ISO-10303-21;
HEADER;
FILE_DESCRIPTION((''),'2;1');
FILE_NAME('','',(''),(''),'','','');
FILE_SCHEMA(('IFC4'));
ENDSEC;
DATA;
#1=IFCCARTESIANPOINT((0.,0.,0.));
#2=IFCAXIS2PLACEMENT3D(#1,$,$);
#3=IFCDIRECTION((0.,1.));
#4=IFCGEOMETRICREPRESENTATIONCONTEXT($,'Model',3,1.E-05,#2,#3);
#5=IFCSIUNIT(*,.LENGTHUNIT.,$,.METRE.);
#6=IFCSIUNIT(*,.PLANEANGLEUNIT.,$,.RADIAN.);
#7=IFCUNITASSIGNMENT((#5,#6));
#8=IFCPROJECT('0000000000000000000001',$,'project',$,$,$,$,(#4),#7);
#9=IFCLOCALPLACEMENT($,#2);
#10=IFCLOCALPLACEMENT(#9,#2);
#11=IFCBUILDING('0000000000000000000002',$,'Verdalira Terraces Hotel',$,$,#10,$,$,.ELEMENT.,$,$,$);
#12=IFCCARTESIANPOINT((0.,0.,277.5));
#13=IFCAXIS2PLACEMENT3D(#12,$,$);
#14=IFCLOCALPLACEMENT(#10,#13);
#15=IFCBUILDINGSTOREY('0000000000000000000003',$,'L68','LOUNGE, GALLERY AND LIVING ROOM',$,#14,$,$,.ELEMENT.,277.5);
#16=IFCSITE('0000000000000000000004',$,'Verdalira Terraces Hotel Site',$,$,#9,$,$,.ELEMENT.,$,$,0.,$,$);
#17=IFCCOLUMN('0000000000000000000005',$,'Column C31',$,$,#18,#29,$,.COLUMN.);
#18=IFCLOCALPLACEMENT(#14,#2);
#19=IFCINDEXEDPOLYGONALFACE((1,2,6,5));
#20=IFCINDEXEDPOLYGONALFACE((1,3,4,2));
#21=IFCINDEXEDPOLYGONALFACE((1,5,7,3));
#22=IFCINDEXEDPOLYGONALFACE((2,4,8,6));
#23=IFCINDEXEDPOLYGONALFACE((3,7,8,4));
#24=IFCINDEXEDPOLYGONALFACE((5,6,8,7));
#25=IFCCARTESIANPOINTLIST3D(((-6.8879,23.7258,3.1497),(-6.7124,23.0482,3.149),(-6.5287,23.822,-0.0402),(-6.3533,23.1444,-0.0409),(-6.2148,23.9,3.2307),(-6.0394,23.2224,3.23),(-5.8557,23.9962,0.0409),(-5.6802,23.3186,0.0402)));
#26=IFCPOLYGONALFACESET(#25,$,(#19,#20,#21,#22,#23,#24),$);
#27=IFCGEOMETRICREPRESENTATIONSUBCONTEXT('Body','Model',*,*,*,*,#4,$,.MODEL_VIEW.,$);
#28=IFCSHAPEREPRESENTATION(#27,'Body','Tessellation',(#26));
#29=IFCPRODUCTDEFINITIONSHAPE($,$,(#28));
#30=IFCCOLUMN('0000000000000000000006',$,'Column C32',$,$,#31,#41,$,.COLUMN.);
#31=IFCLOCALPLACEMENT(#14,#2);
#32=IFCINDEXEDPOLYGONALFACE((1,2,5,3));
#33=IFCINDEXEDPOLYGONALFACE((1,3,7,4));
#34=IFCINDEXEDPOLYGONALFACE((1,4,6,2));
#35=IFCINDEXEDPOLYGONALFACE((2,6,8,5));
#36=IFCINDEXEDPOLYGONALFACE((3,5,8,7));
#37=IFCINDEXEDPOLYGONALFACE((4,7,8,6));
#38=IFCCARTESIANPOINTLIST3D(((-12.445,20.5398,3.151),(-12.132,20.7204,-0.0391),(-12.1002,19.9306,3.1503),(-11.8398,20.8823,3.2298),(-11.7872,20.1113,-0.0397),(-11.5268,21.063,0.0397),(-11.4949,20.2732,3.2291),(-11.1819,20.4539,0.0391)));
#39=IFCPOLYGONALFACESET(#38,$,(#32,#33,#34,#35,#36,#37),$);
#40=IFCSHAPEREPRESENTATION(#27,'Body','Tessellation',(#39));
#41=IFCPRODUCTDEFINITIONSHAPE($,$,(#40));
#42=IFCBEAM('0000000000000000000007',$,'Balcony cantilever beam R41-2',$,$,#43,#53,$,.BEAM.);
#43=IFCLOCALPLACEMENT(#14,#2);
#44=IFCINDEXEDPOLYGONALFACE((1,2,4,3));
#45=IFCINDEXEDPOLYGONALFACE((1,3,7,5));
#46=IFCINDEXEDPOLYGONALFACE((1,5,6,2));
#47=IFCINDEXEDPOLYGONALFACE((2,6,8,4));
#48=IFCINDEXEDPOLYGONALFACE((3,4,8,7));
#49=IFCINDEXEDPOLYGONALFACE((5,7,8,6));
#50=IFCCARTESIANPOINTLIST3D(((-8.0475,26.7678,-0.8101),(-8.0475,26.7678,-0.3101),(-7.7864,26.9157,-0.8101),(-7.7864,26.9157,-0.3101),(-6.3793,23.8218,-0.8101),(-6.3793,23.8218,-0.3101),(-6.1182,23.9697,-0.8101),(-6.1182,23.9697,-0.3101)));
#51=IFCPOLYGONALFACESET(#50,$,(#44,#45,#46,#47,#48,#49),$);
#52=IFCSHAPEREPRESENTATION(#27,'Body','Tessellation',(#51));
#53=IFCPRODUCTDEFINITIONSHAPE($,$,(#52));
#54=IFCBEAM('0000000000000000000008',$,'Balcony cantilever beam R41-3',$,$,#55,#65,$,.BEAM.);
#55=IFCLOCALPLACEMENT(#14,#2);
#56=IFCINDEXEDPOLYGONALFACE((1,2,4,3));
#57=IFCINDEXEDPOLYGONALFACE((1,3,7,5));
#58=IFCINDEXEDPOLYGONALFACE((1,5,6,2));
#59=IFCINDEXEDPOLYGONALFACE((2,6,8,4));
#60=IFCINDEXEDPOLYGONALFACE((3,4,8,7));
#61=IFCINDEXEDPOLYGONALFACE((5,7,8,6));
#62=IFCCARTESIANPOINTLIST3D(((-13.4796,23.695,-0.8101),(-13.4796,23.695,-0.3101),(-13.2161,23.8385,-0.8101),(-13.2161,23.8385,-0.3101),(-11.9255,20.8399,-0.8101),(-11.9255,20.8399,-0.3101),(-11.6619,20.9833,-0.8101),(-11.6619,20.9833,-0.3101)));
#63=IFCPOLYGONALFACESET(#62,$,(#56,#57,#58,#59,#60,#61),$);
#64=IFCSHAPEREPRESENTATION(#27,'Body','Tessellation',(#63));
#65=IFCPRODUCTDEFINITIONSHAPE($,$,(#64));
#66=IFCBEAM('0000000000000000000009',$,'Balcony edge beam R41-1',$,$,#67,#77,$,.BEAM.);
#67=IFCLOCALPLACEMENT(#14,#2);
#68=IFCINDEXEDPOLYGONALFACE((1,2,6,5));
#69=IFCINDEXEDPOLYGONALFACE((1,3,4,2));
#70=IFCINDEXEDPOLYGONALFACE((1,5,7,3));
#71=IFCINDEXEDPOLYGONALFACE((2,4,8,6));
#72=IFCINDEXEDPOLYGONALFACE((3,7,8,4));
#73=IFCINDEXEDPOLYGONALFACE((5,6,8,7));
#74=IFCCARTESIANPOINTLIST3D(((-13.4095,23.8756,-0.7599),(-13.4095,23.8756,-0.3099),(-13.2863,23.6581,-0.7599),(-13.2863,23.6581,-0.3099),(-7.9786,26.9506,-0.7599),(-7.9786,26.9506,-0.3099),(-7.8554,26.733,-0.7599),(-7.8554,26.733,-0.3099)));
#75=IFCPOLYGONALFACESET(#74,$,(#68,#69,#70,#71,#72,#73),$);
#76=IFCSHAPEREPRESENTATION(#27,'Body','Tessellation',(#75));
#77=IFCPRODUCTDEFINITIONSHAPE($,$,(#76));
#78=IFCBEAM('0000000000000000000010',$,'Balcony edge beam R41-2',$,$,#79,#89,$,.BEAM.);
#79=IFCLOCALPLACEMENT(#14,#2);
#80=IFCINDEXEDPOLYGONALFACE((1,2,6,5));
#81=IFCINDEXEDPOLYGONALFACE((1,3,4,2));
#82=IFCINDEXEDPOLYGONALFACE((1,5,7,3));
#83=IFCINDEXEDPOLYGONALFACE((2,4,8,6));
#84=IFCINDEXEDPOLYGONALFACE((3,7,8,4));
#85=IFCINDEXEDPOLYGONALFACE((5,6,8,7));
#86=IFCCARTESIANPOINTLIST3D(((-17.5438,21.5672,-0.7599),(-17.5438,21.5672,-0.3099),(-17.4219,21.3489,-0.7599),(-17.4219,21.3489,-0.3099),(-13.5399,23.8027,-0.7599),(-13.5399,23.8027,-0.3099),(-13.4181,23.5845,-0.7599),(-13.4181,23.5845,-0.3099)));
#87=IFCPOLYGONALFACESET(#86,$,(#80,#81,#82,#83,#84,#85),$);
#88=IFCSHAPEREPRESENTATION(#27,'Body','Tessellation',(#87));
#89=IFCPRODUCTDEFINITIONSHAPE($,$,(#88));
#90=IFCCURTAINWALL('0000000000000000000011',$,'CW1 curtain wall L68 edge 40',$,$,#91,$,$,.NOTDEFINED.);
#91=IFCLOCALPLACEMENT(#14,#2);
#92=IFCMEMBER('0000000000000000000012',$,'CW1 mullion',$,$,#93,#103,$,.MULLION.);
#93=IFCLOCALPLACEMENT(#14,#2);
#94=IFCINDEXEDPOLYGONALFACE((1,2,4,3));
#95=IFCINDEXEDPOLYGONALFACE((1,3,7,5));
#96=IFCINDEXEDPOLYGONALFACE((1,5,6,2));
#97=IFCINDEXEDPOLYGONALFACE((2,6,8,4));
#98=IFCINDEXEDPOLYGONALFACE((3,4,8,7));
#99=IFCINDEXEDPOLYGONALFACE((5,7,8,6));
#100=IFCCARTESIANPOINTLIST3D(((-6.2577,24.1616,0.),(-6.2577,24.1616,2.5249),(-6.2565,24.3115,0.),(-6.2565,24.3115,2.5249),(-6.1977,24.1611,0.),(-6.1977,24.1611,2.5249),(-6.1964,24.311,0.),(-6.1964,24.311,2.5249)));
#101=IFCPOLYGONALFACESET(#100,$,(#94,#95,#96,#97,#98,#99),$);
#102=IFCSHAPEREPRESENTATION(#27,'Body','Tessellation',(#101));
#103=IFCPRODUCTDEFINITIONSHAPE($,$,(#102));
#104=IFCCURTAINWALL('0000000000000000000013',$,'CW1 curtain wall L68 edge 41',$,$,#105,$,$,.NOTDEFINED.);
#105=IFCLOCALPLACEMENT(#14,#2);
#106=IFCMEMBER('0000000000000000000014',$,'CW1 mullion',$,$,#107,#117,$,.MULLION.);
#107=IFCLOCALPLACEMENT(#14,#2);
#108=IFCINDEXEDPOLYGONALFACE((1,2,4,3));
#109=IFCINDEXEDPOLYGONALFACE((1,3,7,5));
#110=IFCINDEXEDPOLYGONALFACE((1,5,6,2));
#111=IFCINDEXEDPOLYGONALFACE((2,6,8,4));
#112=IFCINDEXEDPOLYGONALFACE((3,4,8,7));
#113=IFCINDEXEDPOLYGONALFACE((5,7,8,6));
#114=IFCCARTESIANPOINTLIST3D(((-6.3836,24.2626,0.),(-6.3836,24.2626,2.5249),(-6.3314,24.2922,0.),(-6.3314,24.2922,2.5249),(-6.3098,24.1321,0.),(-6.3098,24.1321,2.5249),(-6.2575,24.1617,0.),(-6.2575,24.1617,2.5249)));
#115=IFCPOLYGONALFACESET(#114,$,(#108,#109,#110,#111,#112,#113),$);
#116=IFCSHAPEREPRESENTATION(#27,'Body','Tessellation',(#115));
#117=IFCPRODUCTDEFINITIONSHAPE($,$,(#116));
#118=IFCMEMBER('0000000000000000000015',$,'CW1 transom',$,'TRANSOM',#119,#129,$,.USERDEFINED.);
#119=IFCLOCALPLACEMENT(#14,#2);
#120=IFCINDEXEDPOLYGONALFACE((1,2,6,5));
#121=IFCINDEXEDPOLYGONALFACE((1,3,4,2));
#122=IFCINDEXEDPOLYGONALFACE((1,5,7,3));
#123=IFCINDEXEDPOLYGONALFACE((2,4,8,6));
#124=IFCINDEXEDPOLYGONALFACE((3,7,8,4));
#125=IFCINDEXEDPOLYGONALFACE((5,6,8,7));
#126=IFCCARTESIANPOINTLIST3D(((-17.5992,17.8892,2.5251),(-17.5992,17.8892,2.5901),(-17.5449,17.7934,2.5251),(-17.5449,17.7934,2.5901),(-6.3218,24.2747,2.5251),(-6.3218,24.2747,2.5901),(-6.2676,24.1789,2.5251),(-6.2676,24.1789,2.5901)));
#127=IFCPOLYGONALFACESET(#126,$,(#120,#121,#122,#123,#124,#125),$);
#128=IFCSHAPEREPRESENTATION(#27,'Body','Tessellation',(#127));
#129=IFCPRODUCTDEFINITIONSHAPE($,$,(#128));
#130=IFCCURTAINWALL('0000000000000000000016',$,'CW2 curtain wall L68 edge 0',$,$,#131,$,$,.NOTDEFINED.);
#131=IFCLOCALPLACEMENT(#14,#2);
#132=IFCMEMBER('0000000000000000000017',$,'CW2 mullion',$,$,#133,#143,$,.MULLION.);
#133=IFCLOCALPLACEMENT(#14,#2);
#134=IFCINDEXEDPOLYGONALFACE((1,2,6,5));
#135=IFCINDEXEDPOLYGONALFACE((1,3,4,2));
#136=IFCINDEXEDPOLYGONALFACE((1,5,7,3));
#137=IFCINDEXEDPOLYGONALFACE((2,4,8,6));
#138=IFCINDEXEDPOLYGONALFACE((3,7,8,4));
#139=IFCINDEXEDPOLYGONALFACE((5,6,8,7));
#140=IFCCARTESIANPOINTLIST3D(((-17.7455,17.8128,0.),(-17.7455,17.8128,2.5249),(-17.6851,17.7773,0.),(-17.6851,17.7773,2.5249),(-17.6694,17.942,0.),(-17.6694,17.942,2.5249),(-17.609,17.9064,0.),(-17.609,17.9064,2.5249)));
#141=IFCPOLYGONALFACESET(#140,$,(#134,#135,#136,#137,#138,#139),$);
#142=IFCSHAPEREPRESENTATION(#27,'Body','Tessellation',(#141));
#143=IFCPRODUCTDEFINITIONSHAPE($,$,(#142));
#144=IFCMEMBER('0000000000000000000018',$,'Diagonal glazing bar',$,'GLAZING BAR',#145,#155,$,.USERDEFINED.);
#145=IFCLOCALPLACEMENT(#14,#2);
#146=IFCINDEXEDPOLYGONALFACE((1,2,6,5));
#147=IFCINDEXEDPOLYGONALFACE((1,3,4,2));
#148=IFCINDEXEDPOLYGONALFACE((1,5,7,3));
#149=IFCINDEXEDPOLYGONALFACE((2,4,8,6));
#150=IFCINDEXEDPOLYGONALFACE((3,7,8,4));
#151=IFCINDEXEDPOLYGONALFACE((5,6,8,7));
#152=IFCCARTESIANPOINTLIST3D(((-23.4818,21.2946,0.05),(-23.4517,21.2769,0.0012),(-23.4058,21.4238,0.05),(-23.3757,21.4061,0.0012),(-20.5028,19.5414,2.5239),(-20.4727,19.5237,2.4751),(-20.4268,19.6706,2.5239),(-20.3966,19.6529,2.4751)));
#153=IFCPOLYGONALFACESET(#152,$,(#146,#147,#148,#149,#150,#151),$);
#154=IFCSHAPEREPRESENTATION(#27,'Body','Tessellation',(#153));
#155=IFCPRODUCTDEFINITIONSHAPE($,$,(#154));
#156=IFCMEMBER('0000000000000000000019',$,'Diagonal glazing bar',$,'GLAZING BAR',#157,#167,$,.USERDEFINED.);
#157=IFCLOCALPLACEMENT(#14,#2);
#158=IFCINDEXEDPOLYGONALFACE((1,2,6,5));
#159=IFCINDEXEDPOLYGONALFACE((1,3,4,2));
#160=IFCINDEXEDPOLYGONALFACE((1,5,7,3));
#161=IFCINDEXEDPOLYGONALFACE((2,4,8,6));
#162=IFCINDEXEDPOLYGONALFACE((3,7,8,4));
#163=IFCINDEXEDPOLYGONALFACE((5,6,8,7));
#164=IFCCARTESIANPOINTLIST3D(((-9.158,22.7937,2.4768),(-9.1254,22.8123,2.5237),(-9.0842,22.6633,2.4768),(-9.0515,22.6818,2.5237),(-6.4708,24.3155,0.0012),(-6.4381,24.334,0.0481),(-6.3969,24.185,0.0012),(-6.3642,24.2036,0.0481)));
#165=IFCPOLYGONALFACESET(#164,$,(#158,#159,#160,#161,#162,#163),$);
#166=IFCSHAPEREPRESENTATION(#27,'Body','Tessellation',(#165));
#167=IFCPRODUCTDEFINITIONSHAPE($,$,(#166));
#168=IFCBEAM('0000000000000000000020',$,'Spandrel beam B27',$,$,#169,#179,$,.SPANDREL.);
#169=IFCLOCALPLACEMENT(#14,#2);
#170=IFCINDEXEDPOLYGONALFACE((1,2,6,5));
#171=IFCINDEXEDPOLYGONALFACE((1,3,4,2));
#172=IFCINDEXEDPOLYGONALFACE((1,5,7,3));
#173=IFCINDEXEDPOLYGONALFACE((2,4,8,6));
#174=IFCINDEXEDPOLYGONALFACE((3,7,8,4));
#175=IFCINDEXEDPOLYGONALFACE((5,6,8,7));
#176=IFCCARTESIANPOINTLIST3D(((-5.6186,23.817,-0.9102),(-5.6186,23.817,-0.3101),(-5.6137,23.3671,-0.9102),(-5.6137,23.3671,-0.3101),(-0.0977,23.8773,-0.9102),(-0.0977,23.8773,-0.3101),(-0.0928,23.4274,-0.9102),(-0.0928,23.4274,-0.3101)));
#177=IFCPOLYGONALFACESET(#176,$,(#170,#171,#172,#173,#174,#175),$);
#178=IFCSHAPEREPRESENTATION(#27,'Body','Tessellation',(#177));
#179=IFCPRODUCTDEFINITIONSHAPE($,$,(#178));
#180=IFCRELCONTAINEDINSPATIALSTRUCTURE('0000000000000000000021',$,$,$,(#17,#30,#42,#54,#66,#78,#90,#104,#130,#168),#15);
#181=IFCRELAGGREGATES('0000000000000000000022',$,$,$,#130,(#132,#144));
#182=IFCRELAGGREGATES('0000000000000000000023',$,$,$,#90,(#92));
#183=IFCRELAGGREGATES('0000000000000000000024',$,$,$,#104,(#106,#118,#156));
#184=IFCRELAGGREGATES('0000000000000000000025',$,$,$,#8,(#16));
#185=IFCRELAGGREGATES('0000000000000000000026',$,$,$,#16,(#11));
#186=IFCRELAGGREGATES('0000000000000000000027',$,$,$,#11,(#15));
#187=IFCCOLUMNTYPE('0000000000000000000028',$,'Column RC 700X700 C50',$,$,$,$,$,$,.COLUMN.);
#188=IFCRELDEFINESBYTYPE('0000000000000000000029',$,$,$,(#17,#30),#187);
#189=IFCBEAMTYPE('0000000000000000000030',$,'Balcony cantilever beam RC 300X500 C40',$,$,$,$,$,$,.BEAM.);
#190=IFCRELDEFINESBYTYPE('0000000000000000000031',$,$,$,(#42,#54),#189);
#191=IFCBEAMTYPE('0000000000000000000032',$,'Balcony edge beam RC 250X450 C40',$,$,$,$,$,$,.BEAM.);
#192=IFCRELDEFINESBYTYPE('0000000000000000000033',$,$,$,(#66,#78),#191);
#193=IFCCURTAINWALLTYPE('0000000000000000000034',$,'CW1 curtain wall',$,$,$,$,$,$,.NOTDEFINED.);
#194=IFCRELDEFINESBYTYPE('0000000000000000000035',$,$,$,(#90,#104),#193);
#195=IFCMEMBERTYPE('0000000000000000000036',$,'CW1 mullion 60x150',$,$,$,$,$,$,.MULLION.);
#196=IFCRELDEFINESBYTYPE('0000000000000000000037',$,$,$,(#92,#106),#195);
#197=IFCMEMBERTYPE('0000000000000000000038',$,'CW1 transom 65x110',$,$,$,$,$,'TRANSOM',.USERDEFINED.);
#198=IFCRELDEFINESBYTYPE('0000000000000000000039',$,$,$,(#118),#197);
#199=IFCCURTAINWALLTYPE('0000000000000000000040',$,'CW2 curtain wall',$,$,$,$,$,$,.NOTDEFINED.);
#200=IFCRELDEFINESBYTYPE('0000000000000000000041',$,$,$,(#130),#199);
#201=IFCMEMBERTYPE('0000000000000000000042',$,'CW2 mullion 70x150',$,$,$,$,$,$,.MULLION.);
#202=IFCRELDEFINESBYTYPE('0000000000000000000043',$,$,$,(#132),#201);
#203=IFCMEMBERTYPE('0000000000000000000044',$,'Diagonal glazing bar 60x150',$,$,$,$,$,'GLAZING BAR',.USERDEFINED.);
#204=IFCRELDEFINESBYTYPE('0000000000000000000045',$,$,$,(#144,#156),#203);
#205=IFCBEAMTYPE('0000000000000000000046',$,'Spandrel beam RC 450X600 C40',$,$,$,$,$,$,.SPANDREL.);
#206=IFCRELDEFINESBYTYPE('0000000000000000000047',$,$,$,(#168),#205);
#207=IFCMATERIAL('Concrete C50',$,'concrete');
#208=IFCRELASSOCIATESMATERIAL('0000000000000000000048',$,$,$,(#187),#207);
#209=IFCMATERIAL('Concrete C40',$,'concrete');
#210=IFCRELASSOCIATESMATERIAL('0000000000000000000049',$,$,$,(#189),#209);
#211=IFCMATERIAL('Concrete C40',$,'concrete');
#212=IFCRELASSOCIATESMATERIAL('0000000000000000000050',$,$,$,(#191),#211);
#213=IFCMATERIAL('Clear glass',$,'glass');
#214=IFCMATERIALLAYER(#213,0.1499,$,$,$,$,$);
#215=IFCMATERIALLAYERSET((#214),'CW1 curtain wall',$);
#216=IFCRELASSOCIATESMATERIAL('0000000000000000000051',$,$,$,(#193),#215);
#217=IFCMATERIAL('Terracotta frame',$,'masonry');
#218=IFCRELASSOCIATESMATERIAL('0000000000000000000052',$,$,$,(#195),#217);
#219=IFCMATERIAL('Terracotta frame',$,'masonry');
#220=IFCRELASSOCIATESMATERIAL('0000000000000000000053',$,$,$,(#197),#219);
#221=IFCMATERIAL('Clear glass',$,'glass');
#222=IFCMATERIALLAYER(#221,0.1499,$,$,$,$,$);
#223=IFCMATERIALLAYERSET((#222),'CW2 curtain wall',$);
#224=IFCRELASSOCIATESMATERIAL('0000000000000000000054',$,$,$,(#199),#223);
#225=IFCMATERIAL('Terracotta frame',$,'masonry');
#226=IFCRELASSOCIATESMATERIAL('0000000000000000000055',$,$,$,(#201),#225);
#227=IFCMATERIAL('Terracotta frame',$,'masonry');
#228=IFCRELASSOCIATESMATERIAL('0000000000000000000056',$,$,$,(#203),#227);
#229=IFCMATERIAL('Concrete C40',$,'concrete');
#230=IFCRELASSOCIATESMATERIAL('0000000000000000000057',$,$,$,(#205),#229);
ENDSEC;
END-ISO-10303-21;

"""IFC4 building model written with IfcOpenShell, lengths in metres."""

from ifc_helpers import new_model, si_unit, direction, frame, origin, origin_2d, place, context, subcontext, project, spatial, rectangle, extrude, material, layer, layer_set, material_profile, profile_set, type_object, element, aggregate, save


model = new_model("IFC4")

# Units and contexts
model_context = context("Model", 3, precision=1e-05, world=origin(), true_north=direction((0.0, 1.0)))
body_context = subcontext(model_context, "Body", "Model", "MODEL_VIEW")
ifc_project = project(units=[si_unit("LENGTHUNIT", "METRE"), si_unit("PLANEANGLEUNIT", "RADIAN")], contexts=[model_context])

# Site, building, storey
site_placement = place(None, origin())
site = spatial("IfcSite", under=ifc_project, at=site_placement, Name="Verdalira Terraces Hotel Site", CompositionType="ELEMENT", RefElevation=0.0)
building_placement = place(site_placement, origin())
building = spatial("IfcBuilding", under=site, at=building_placement, Name="Verdalira Terraces Hotel", CompositionType="ELEMENT")
storey_placement = place(building_placement, frame((0.0, 0.0, 277.5)))
storey = spatial("IfcBuildingStorey", under=building, at=storey_placement, Name="L68", Description="LOUNGE, GALLERY AND LIVING ROOM", CompositionType="ELEMENT", Elevation=277.5)

# Columns
ifc_material_1 = material(Name="Concrete C50", Category="concrete")
ifc_material_profile_1 = material_profile(ifc_material_1, rectangle(XDim=0.7, YDim=0.7, at=origin_2d()), Name="RC 700X700")
ifc_profile_set_1 = profile_set([ifc_material_profile_1], Name="Concrete C50")
column_type = type_object("IfcColumnType", Name="Column RC 700X700 C50", PredefinedType="COLUMN", material=ifc_profile_set_1)
column_1_placement = place(storey_placement, frame((-6.1045, 23.5703, 0.0), z_axis=(-0.111825, -0.029952, 0.993276), x_axis=(0.961604, 0.24883, 0.115763)))
element("IfcColumn", 1, at=column_1_placement, inside=storey, type_object=column_type, Name="Column C31", PredefinedType="COLUMN", context=body_context, shape_type="SweptSolid", body=[
    extrude(rectangle(XDim=0.7, YDim=0.7, at=origin_2d()), origin(), (0.0, 0.0, 1.0), 3.2114),
])
column_2_placement = place(storey_placement, frame((-11.657, 20.5872, 0.0), z_axis=(-0.097494, -0.056276, 0.993644), x_axis=(-0.864753, -0.48942, -0.112566)))
element("IfcColumn", 2, at=column_2_placement, inside=storey, type_object=column_type, Name="Column C32", PredefinedType="COLUMN", context=body_context, shape_type="SweptSolid", body=[
    extrude(rectangle(XDim=0.7, YDim=0.7, at=origin_2d()), origin(), (0.0, 0.0, 1.0), 3.2104),
])

# Beams
ifc_material_2 = material(Name="Concrete C40", Category="concrete")
ifc_material_profile_2 = material_profile(ifc_material_2, rectangle(XDim=0.3, YDim=0.5, at=origin_2d()), Name="RC 300X500")
ifc_profile_set_2 = profile_set([ifc_material_profile_2], Name="Concrete C40")
beam_type_1 = type_object("IfcBeamType", Name="Balcony cantilever beam RC 300X500 C40", PredefinedType="BEAM", material=ifc_profile_set_2)
beam_1_placement = place(storey_placement, frame((-6.2488, 23.8958, -0.5601), z_axis=(-0.492741, 0.870176, 0.0), x_axis=(-0.870176, -0.492741, 0.0)))
element("IfcBeam", 3, at=beam_1_placement, inside=storey, type_object=beam_type_1, Name="Balcony cantilever beam R41-2", PredefinedType="BEAM", context=body_context, shape_type="SweptSolid", body=[
    extrude(rectangle(XDim=0.3, YDim=0.5, at=origin_2d()), origin(), (0.0, 0.0, 1.0), 3.3855),
])
beam_2_placement = place(storey_placement, frame((-11.7937, 20.9116, -0.5601), z_axis=(-0.478094, 0.878309, 0.0), x_axis=(-0.878309, -0.478094, 0.0)))
element("IfcBeam", 4, at=beam_2_placement, inside=storey, type_object=beam_type_1, Name="Balcony cantilever beam R41-3", PredefinedType="BEAM", context=body_context, shape_type="SweptSolid", body=[
    extrude(rectangle(XDim=0.3, YDim=0.5, at=origin_2d()), origin(), (0.0, 0.0, 1.0), 3.2507),
])
ifc_material_3 = material(Name="Concrete C40", Category="concrete")
ifc_material_profile_3 = material_profile(ifc_material_3, rectangle(XDim=0.25, YDim=0.45, at=origin_2d()), Name="RC 250X450")
ifc_profile_set_3 = profile_set([ifc_material_profile_3], Name="Concrete C40")
beam_type_2 = type_object("IfcBeamType", Name="Balcony edge beam RC 250X450 C40", PredefinedType="BEAM", material=ifc_profile_set_3)
beam_3_placement = place(storey_placement, frame((-7.917, 26.8418, -0.5349), z_axis=(-0.870198, -0.492702, 0.0), x_axis=(0.492702, -0.870198, 0.0)))
element("IfcBeam", 5, at=beam_3_placement, inside=storey, type_object=beam_type_2, Name="Balcony edge beam R41-1", PredefinedType="BEAM", context=body_context, shape_type="SweptSolid", body=[
    extrude(rectangle(XDim=0.25, YDim=0.45, at=origin_2d()), origin(), (0.0, 0.0, 1.0), 6.241),
])
beam_4_placement = place(storey_placement, frame((-13.479, 23.6936, -0.5349), z_axis=(-0.873118, -0.487509, 0.0), x_axis=(0.487509, -0.873118, 0.0)))
element("IfcBeam", 6, at=beam_4_placement, inside=storey, type_object=beam_type_2, Name="Balcony edge beam R41-2", PredefinedType="BEAM", context=body_context, shape_type="SweptSolid", body=[
    extrude(rectangle(XDim=0.25, YDim=0.45, at=origin_2d()), origin(), (0.0, 0.0, 1.0), 4.5857),
])

# Curtain wall, member
ifc_material_4 = material(Name="Clear glass", Category="glass")
ifc_layer_1 = layer(ifc_material_4, 0.1499)
ifc_layer_set_1 = layer_set([ifc_layer_1], Name="CW1 curtain wall")
curtain_wall_type_1 = type_object("IfcCurtainWallType", Name="CW1 curtain wall", PredefinedType="NOTDEFINED", material=ifc_layer_set_1)
curtain_wall_1_placement = place(storey_placement, origin())
curtain_wall_1 = element("IfcCurtainWall", 7, at=curtain_wall_1_placement, inside=storey, type_object=curtain_wall_type_1, Name="CW1 curtain wall L68 edge 40", PredefinedType="NOTDEFINED")
ifc_material_5 = material(Name="Terracotta frame", Category="masonry")
ifc_material_profile_4 = material_profile(ifc_material_5, rectangle(XDim=0.0601, YDim=0.1499, at=origin_2d()), Name="MU 60x150")
ifc_profile_set_4 = profile_set([ifc_material_profile_4], Name="Terracotta frame")
member_type_1 = type_object("IfcMemberType", Name="CW1 mullion 60x150", PredefinedType="MULLION", material=ifc_profile_set_4)
member_1_placement = place(storey_placement, frame((-6.2271, 24.2363, 0.0), z_axis=(0.0, 0.0, 1.0), x_axis=(-0.999965, 0.008377, 0.0)))
member_1 = element("IfcMember", 8, at=member_1_placement, type_object=member_type_1, Name="CW1 mullion", PredefinedType="MULLION", context=body_context, shape_type="SweptSolid", body=[
    extrude(rectangle(XDim=0.0601, YDim=0.1499, at=origin_2d()), origin(), (0.0, 0.0, 1.0), 2.5249),
])

# Curtain walls, members
curtain_wall_2_placement = place(storey_placement, origin())
curtain_wall_2 = element("IfcCurtainWall", 9, at=curtain_wall_2_placement, inside=storey, type_object=curtain_wall_type_1, Name="CW1 curtain wall L68 edge 41", PredefinedType="NOTDEFINED")
member_2_placement = place(storey_placement, frame((-6.3206, 24.2122, 0.0), z_axis=(0.0, 0.0, 1.0), x_axis=(-0.870184, -0.492727, 0.0)))
member_2 = element("IfcMember", 10, at=member_2_placement, type_object=member_type_1, Name="CW1 mullion", PredefinedType="MULLION", context=body_context, shape_type="SweptSolid", body=[
    extrude(rectangle(XDim=0.0601, YDim=0.1499, at=origin_2d()), origin(), (0.0, 0.0, 1.0), 2.5249),
])
ifc_material_6 = material(Name="Terracotta frame", Category="masonry")
ifc_material_profile_5 = material_profile(ifc_material_6, rectangle(XDim=0.1101, YDim=0.0649, at=origin_2d()), Name="TR 65x110")
ifc_profile_set_5 = profile_set([ifc_material_profile_5], Name="Terracotta frame")
member_type_2 = type_object("IfcMemberType", Name="CW1 transom 65x110", ElementType="TRANSOM", PredefinedType="USERDEFINED", material=ifc_profile_set_5)
member_3_placement = place(storey_placement, frame((-6.2947, 24.2268, 2.5576), z_axis=(-0.870188, -0.492721, 0.0), x_axis=(0.492721, -0.870188, 0.0)))
member_3 = element("IfcMember", 11, at=member_3_placement, type_object=member_type_2, Name="CW1 transom", ObjectType="TRANSOM", PredefinedType="USERDEFINED", context=body_context, shape_type="SweptSolid", body=[
    extrude(rectangle(XDim=0.1101, YDim=0.0649, at=origin_2d()), origin(), (0.0, 0.0, 1.0), 12.9597),
])
ifc_material_7 = material(Name="Clear glass", Category="glass")
ifc_layer_2 = layer(ifc_material_7, 0.1499)
ifc_layer_set_2 = layer_set([ifc_layer_2], Name="CW2 curtain wall")
curtain_wall_type_2 = type_object("IfcCurtainWallType", Name="CW2 curtain wall", PredefinedType="NOTDEFINED", material=ifc_layer_set_2)
curtain_wall_3_placement = place(storey_placement, origin())
curtain_wall_3 = element("IfcCurtainWall", 12, at=curtain_wall_3_placement, inside=storey, type_object=curtain_wall_type_2, Name="CW2 curtain wall L68 edge 0", PredefinedType="NOTDEFINED")
ifc_material_8 = material(Name="Terracotta frame", Category="masonry")
ifc_material_profile_6 = material_profile(ifc_material_8, rectangle(XDim=0.0701, YDim=0.1499, at=origin_2d()), Name="MU 70x150")
ifc_profile_set_6 = profile_set([ifc_material_profile_6], Name="Terracotta frame")
member_type_3 = type_object("IfcMemberType", Name="CW2 mullion 70x150", PredefinedType="MULLION", material=ifc_profile_set_6)
member_4_placement = place(storey_placement, frame((-17.6772, 17.8596, 0.0), z_axis=(0.0, 0.0, 1.0), x_axis=(-0.861806, 0.507238, 0.0)))
member_4 = element("IfcMember", 13, at=member_4_placement, type_object=member_type_3, Name="CW2 mullion", PredefinedType="MULLION", context=body_context, shape_type="SweptSolid", body=[
    extrude(rectangle(XDim=0.0701, YDim=0.1499, at=origin_2d()), origin(), (0.0, 0.0, 1.0), 2.5249),
])
ifc_material_9 = material(Name="Terracotta frame", Category="masonry")
ifc_material_profile_7 = material_profile(ifc_material_9, rectangle(XDim=0.1499, YDim=0.0601, at=origin_2d()), Name="GB 60x150")
ifc_profile_set_7 = profile_set([ifc_material_profile_7], Name="Terracotta frame")
member_type_4 = type_object("IfcMemberType", Name="Diagonal glazing bar 60x150", ElementType="GLAZING BAR", PredefinedType="USERDEFINED", material=ifc_profile_set_7)
member_5_placement = place(storey_placement, frame((-20.4497, 19.5972, 2.4995), z_axis=(-0.700832, 0.412447, -0.581998), x_axis=(-0.507196, -0.861831, 0.0)))
member_5 = element("IfcMember", 14, at=member_5_placement, type_object=member_type_4, Name="Diagonal glazing bar", ObjectType="GLAZING BAR", PredefinedType="USERDEFINED", context=body_context, shape_type="SweptSolid", body=[
    extrude(rectangle(XDim=0.1499, YDim=0.0601, at=origin_2d()), origin(), (0.0, 0.0, 1.0), 4.2507),
])
aggregate(curtain_wall_3, [member_4, member_5])

# Member
member_6_placement = place(storey_placement, frame((-6.4175, 24.2595, 0.0247), z_axis=(-0.678948, -0.384472, 0.625469), x_axis=(0.492755, -0.870168, 0.0)))
member_6 = element("IfcMember", 15, at=member_6_placement, type_object=member_type_4, Name="Diagonal glazing bar", ObjectType="GLAZING BAR", PredefinedType="USERDEFINED", context=body_context, shape_type="SweptSolid", body=[
    extrude(rectangle(XDim=0.1499, YDim=0.0601, at=origin_2d()), origin(), (0.0, 0.0, 1.0), 3.958),
])

# Beam
ifc_material_10 = material(Name="Concrete C40", Category="concrete")
ifc_material_profile_8 = material_profile(ifc_material_10, rectangle(XDim=0.45, YDim=0.6001, at=origin_2d()), Name="RC 450X600")
ifc_profile_set_8 = profile_set([ifc_material_profile_8], Name="Concrete C40")
beam_type_3 = type_object("IfcBeamType", Name="Spandrel beam RC 450X600 C40", PredefinedType="SPANDREL", material=ifc_profile_set_8)
beam_5_placement = place(storey_placement, frame((-0.0952, 23.6523, -0.6101), z_axis=(-0.99994, -0.010922, 0.0), x_axis=(0.010922, -0.99994, 0.0)))
element("IfcBeam", 16, at=beam_5_placement, inside=storey, type_object=beam_type_3, Name="Spandrel beam B27", PredefinedType="SPANDREL", context=body_context, shape_type="SweptSolid", body=[
    extrude(rectangle(XDim=0.45, YDim=0.6001, at=origin_2d()), origin(), (0.0, 0.0, 1.0), 5.5212),
])

aggregate(curtain_wall_1, [member_1])
aggregate(curtain_wall_2, [member_2, member_3, member_6])

save(model, "model.ifc")
